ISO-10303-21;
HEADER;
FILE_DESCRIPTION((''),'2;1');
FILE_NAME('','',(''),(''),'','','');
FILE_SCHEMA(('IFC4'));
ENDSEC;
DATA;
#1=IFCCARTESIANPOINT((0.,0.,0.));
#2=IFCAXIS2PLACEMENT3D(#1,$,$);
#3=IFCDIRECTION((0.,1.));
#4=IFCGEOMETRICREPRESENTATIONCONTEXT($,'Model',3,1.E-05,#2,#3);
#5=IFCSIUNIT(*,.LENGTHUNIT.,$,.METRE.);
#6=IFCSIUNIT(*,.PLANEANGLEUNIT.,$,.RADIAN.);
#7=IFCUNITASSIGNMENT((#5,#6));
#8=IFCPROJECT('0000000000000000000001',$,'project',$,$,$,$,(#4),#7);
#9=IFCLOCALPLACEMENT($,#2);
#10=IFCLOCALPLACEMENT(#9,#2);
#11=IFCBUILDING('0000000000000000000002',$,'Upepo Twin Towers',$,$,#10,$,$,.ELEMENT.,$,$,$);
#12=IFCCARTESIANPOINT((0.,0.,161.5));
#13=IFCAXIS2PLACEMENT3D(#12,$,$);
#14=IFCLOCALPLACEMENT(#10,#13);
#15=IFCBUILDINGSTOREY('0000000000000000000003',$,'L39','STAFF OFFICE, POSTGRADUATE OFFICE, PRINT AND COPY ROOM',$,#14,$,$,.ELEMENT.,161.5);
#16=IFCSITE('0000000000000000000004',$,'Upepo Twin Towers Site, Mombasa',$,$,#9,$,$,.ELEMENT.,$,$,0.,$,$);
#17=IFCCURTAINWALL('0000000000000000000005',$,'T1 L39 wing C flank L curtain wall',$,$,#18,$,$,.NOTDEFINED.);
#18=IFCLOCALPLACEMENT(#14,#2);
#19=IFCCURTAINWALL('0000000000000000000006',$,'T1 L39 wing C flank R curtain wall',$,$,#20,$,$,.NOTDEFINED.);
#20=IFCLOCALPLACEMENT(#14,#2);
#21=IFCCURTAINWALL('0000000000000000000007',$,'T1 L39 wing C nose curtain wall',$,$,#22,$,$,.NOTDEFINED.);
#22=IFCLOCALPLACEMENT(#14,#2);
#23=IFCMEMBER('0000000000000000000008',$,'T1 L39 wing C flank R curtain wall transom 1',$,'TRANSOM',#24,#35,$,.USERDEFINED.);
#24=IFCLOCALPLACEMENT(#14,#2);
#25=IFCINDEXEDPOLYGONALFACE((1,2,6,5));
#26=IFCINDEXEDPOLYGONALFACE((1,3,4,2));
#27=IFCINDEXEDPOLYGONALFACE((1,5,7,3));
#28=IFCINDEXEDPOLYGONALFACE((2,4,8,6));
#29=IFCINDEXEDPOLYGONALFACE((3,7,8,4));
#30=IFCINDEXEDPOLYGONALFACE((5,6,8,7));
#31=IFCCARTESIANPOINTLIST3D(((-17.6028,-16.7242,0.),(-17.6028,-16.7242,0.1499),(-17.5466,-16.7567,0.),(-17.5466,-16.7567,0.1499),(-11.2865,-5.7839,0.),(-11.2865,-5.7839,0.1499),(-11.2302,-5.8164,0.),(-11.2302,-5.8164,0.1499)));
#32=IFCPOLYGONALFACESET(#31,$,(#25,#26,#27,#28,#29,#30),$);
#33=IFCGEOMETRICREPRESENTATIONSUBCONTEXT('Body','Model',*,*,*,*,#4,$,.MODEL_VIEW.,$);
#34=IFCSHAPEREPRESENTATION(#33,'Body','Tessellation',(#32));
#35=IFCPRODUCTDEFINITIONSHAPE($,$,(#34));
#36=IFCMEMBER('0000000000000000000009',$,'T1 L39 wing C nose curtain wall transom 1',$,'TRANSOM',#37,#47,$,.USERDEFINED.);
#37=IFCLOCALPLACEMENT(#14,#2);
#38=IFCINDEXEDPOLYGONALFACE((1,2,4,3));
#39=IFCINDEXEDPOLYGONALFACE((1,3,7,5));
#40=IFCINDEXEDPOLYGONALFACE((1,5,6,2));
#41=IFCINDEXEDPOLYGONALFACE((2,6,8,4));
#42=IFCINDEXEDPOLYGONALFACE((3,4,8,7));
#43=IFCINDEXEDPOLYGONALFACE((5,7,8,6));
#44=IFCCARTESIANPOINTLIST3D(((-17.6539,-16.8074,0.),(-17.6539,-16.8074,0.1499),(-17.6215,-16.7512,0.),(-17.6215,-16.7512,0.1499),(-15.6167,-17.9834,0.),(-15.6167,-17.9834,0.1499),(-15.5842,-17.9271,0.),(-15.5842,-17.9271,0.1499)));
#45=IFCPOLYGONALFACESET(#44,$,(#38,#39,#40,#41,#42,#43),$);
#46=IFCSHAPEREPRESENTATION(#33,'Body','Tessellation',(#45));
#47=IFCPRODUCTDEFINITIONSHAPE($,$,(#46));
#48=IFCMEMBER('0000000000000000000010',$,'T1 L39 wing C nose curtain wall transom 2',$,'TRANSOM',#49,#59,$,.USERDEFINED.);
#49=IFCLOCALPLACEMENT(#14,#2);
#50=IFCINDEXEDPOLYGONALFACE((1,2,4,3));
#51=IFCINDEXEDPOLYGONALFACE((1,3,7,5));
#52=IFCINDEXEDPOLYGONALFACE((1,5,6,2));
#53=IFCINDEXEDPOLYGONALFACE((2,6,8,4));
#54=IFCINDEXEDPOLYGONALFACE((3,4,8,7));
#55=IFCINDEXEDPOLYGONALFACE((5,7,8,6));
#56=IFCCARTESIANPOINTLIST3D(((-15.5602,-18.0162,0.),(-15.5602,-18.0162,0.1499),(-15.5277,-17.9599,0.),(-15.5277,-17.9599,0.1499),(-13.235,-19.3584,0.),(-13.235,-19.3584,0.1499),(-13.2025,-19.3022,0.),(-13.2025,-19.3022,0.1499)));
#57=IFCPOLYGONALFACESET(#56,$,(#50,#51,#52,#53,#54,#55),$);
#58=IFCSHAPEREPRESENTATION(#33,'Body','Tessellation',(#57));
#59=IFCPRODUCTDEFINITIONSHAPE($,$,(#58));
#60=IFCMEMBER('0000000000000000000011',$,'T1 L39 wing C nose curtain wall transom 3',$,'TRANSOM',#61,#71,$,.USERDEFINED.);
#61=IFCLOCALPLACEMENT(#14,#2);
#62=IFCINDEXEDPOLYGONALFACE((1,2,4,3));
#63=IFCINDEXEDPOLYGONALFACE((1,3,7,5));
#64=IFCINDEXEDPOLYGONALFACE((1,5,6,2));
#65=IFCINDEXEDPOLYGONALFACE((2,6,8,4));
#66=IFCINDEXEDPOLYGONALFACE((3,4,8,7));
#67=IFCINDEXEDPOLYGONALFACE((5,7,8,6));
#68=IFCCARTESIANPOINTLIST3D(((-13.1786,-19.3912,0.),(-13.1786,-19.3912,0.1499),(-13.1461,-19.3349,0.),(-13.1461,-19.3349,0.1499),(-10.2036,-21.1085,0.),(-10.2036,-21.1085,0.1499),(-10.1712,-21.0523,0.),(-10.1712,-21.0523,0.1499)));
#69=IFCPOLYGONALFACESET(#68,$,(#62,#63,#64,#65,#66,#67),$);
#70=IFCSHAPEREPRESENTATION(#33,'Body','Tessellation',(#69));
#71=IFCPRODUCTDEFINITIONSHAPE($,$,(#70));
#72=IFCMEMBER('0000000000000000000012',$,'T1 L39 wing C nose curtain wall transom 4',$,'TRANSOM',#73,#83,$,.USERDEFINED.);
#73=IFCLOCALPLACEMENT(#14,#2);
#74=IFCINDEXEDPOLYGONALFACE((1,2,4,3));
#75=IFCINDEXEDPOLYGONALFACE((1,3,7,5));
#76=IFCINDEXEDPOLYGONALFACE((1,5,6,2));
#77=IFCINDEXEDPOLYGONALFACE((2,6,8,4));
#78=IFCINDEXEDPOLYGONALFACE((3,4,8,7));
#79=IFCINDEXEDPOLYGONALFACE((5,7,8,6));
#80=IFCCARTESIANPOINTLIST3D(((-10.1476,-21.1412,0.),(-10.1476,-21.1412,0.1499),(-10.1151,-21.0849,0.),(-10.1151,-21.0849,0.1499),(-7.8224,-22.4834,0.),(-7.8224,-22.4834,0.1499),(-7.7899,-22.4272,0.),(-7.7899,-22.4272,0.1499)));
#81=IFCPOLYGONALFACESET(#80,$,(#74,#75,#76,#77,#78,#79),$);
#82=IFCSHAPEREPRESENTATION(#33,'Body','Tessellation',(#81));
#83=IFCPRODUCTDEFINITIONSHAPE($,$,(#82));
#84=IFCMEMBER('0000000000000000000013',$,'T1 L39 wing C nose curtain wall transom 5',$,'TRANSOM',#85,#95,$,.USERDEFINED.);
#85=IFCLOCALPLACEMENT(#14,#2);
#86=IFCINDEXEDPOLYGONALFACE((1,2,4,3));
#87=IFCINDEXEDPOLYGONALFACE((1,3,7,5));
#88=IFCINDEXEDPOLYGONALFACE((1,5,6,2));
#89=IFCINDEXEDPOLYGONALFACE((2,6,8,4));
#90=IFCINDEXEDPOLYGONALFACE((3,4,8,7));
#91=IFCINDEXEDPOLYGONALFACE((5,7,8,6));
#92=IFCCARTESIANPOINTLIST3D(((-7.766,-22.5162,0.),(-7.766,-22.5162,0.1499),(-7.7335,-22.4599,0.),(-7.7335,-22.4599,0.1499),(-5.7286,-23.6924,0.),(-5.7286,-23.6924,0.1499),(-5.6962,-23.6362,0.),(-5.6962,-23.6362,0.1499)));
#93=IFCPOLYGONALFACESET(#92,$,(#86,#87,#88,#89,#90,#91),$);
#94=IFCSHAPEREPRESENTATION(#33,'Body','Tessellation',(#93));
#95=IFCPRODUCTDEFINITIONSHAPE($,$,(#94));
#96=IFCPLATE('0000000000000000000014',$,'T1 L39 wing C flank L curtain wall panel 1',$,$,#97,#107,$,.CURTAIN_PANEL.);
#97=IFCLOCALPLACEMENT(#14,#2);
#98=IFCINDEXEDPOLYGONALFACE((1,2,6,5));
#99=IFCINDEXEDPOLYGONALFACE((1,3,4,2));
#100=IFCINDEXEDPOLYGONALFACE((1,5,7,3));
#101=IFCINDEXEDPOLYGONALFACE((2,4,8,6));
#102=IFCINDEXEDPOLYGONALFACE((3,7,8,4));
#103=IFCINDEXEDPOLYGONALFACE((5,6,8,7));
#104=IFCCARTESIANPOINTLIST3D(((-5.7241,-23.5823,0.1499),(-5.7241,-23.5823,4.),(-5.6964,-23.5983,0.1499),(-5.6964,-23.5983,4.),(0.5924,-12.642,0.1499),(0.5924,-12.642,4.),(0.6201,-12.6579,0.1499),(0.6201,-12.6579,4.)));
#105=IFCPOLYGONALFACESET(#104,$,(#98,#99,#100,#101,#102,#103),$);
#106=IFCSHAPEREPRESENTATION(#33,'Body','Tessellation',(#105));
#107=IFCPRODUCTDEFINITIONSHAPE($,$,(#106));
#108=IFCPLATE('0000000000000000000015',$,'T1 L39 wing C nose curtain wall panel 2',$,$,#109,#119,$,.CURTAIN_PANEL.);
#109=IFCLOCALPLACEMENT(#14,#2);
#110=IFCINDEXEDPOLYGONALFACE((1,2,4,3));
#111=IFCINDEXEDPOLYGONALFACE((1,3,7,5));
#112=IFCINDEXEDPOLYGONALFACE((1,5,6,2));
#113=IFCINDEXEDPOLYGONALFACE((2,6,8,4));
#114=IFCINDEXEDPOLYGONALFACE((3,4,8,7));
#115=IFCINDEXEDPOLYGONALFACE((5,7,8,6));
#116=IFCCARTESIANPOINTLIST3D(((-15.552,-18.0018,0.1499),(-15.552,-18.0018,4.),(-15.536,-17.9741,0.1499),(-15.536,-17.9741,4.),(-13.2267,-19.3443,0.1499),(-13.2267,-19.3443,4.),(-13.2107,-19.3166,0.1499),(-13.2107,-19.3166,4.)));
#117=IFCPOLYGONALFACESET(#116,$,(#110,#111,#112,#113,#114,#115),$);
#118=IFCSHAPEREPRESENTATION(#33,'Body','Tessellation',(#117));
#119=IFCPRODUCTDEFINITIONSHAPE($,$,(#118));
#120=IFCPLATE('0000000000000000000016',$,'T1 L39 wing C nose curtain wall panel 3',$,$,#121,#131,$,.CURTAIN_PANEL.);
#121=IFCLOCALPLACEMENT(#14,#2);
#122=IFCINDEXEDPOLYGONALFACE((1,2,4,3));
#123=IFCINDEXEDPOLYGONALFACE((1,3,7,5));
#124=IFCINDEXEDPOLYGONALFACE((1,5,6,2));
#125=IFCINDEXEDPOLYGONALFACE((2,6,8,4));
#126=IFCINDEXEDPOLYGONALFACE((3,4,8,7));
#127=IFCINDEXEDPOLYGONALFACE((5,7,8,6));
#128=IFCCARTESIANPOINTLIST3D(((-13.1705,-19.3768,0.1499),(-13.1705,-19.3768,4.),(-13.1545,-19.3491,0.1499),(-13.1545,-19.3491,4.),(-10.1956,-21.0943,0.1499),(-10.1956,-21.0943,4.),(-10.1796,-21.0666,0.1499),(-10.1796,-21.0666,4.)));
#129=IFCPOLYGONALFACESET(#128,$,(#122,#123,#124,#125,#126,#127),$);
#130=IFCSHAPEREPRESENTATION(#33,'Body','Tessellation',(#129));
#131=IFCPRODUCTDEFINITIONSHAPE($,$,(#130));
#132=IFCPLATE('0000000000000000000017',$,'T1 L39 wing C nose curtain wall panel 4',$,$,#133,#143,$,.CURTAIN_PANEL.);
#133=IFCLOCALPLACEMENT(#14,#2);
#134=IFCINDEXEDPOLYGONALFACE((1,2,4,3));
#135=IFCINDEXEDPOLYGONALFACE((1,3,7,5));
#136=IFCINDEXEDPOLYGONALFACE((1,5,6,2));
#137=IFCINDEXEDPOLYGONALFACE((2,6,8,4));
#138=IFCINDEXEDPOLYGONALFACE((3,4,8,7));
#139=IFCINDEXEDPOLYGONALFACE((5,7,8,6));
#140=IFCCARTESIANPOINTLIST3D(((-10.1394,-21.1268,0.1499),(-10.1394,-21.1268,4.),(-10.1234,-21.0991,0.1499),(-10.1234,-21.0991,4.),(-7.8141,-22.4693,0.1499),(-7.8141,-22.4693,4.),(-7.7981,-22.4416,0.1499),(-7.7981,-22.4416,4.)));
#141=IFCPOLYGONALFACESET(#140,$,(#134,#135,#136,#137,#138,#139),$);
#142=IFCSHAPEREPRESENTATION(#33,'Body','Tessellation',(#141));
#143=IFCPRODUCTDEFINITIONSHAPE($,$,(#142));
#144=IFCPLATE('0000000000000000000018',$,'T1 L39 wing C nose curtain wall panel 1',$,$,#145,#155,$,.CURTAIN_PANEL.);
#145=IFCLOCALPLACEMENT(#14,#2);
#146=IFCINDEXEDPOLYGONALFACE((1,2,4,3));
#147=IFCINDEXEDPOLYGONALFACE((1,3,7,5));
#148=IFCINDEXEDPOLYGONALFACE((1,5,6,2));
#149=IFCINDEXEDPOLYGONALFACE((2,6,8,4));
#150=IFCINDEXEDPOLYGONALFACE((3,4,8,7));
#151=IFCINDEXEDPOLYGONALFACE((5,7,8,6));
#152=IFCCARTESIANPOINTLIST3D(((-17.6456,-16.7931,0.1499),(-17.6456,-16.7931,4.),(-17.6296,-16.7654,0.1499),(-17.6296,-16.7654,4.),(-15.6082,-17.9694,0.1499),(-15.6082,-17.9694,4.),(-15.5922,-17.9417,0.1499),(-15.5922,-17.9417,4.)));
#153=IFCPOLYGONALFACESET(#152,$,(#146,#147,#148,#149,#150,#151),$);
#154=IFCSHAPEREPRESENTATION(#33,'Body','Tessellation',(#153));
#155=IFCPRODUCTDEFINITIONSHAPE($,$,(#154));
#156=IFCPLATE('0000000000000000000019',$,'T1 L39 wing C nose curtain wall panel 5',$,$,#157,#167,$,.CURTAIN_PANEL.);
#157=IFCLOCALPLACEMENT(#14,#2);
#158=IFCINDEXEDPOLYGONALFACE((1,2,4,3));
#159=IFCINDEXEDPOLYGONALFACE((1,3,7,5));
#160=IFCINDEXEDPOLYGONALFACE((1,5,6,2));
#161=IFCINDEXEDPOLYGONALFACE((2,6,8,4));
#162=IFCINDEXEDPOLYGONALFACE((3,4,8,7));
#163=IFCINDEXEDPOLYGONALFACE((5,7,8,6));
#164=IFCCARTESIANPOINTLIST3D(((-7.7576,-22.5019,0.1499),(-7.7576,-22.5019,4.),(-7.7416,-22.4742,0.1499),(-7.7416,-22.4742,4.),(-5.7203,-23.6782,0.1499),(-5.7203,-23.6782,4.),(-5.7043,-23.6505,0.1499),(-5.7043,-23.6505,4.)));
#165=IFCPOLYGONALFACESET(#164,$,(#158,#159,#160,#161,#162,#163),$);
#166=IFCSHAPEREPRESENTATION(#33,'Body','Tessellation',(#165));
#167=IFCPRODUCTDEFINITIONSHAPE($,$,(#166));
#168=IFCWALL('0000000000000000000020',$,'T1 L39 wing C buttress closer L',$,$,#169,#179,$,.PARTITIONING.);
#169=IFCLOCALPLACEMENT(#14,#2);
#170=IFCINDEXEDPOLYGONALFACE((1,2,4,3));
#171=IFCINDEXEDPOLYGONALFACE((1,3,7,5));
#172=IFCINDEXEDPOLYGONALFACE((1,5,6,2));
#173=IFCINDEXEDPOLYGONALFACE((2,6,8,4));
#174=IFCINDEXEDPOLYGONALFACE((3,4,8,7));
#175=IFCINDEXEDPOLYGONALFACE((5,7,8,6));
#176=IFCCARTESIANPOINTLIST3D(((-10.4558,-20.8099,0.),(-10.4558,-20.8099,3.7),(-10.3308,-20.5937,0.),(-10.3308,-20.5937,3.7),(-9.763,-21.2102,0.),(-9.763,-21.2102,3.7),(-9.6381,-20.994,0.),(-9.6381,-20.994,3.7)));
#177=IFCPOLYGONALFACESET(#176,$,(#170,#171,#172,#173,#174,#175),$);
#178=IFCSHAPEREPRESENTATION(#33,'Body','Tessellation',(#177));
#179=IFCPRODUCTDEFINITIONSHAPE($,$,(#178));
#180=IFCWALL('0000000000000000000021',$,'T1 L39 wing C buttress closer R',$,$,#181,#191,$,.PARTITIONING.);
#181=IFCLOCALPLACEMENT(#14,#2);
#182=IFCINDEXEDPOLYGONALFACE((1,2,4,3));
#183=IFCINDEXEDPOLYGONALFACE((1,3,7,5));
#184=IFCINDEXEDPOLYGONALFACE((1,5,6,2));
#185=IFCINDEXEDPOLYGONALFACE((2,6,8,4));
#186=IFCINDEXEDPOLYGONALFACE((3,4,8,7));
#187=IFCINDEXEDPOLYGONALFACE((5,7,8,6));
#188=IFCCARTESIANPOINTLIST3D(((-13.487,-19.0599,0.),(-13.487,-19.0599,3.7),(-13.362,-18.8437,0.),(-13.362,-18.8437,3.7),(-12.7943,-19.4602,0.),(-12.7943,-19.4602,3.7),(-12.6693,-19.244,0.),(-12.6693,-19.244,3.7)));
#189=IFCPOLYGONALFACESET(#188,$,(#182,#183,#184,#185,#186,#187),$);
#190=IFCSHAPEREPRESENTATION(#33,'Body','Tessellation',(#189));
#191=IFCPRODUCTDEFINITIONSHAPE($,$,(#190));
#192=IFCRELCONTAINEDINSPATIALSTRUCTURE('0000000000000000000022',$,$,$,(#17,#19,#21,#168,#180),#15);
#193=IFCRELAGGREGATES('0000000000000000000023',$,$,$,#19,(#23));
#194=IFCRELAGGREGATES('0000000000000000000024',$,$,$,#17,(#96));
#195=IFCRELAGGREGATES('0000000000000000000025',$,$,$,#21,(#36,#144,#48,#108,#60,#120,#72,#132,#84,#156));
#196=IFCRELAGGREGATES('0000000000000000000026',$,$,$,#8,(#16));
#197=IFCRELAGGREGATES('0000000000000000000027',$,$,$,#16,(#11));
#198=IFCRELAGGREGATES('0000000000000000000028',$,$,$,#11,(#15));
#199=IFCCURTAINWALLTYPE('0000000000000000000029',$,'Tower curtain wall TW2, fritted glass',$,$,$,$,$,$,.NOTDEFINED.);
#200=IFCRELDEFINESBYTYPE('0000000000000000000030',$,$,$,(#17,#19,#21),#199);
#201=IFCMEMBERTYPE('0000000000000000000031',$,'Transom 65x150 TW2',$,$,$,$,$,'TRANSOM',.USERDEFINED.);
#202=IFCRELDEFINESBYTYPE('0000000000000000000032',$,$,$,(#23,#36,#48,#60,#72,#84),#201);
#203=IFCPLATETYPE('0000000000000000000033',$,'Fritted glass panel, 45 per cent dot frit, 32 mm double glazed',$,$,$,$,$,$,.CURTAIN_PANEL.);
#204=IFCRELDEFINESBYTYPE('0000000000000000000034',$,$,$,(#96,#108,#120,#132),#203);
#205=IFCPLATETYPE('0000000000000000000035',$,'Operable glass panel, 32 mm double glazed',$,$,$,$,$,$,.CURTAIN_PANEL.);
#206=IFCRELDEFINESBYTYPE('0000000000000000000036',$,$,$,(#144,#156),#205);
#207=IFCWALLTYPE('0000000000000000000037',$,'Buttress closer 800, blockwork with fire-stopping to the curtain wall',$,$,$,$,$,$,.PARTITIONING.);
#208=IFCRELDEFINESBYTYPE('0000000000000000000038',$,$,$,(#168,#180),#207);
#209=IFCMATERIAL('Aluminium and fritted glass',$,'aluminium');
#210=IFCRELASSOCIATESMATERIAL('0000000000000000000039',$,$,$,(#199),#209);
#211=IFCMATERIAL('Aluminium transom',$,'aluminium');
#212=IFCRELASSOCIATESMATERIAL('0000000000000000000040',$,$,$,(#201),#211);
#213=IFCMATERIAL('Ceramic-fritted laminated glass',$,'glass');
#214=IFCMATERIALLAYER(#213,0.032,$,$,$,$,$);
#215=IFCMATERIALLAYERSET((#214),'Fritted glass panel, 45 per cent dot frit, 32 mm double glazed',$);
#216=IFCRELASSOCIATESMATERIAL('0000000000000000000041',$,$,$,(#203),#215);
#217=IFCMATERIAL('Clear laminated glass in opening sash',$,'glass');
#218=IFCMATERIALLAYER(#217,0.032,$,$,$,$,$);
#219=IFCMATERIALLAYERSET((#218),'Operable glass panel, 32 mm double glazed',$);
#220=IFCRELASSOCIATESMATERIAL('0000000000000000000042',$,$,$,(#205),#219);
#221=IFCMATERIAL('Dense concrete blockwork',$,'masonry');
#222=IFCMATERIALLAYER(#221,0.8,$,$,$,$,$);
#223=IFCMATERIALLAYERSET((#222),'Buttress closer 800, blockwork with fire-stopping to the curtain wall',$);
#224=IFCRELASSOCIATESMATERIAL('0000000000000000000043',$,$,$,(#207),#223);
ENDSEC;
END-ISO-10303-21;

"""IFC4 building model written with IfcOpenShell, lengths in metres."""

from ifc_helpers import new_model, si_unit, direction, frame, frame_2d, origin, origin_2d, place, context, subcontext, project, spatial, rectangle, extrude, material, layer, layer_set, material_profile, profile_set, type_object, element, aggregate, save


model = new_model("IFC4")

# Units and contexts
model_context = context("Model", 3, precision=1e-05, world=origin(), true_north=direction((0.0, 1.0)))
body_context = subcontext(model_context, "Body", "Model", "MODEL_VIEW")
ifc_project = project(units=[si_unit("LENGTHUNIT", "METRE"), si_unit("PLANEANGLEUNIT", "RADIAN")], contexts=[model_context])

# Site, building, storey
site_placement = place(None, origin())
site = spatial("IfcSite", under=ifc_project, at=site_placement, Name="Upepo Twin Towers Site, Mombasa", CompositionType="ELEMENT", RefElevation=0.0)
building_placement = place(site_placement, origin())
building = spatial("IfcBuilding", under=site, at=building_placement, Name="Upepo Twin Towers", CompositionType="ELEMENT")
storey_placement = place(building_placement, frame((0.0, 0.0, 161.5)))
storey = spatial("IfcBuildingStorey", under=building, at=storey_placement, Name="L39", Description="STAFF OFFICE, POSTGRADUATE OFFICE, PRINT AND COPY ROOM", CompositionType="ELEMENT", Elevation=161.5)

# Curtain walls
ifc_material_1 = material(Name="Aluminium and fritted glass", Category="aluminium")
curtain_wall_type = type_object("IfcCurtainWallType", Name="Tower curtain wall TW2, fritted glass", PredefinedType="NOTDEFINED", material=ifc_material_1)
curtain_wall_1_placement = place(storey_placement, origin())
curtain_wall_1 = element("IfcCurtainWall", 1, at=curtain_wall_1_placement, inside=storey, type_object=curtain_wall_type, Name="T1 L39 wing C flank L curtain wall", PredefinedType="NOTDEFINED")
curtain_wall_2_placement = place(storey_placement, origin())
curtain_wall_2 = element("IfcCurtainWall", 2, at=curtain_wall_2_placement, inside=storey, type_object=curtain_wall_type, Name="T1 L39 wing C flank R curtain wall", PredefinedType="NOTDEFINED")

# Curtain wall
curtain_wall_3_placement = place(storey_placement, origin())
curtain_wall_3 = element("IfcCurtainWall", 3, at=curtain_wall_3_placement, inside=storey, type_object=curtain_wall_type, Name="T1 L39 wing C nose curtain wall", PredefinedType="NOTDEFINED")

# Members
ifc_material_2 = material(Name="Aluminium transom", Category="aluminium")
ifc_material_profile_1 = material_profile(ifc_material_2, rectangle(XDim=0.0649, YDim=0.1499, at=origin_2d()), Name="TRANSOM 65x150")
ifc_profile_set_1 = profile_set([ifc_material_profile_1], Name="Aluminium transom")
member_type_1 = type_object("IfcMemberType", Name="Transom 65x150 TW2", ElementType="TRANSOM", PredefinedType="USERDEFINED", material=ifc_profile_set_1)
member_1_placement = place(storey_placement, frame((-17.5747, -16.7405, 0.075), z_axis=(0.499997, 0.866027, 0.0), x_axis=(-0.866027, 0.499997, 0.0)))
member_1 = element("IfcMember", 4, at=member_1_placement, type_object=member_type_1, Name="T1 L39 wing C flank R curtain wall transom 1", ObjectType="TRANSOM", PredefinedType="USERDEFINED", context=body_context, shape_type="SweptSolid", body=[
    extrude(rectangle(XDim=0.0649, YDim=0.1499, at=origin_2d()), origin(), (0.0, 0.0, 1.0), 12.6328),
])
aggregate(curtain_wall_2, [member_1])
member_2_placement = place(storey_placement, frame((-17.6377, -16.7793, 0.075), z_axis=(0.86607, -0.499923, 0.0), x_axis=(0.499923, 0.86607, 0.0)))
member_2 = element("IfcMember", 5, at=member_2_placement, type_object=member_type_1, Name="T1 L39 wing C nose curtain wall transom 1", ObjectType="TRANSOM", PredefinedType="USERDEFINED", context=body_context, shape_type="SweptSolid", body=[
    extrude(rectangle(XDim=0.0649, YDim=0.1499, at=origin_2d()), origin(), (0.0, 0.0, 1.0), 2.3523),
])
member_3_placement = place(storey_placement, frame((-15.5439, -17.988, 0.075), z_axis=(0.866052, -0.499953, 0.0), x_axis=(0.499953, 0.866052, 0.0)))
member_3 = element("IfcMember", 6, at=member_3_placement, type_object=member_type_1, Name="T1 L39 wing C nose curtain wall transom 2", ObjectType="TRANSOM", PredefinedType="USERDEFINED", context=body_context, shape_type="SweptSolid", body=[
    extrude(rectangle(XDim=0.0649, YDim=0.1499, at=origin_2d()), origin(), (0.0, 0.0, 1.0), 2.6848),
])
member_4_placement = place(storey_placement, frame((-13.1624, -19.363, 0.075), z_axis=(0.866057, -0.499946, 0.0), x_axis=(0.499946, 0.866057, 0.0)))
member_4 = element("IfcMember", 7, at=member_4_placement, type_object=member_type_1, Name="T1 L39 wing C nose curtain wall transom 3", ObjectType="TRANSOM", PredefinedType="USERDEFINED", context=body_context, shape_type="SweptSolid", body=[
    extrude(rectangle(XDim=0.0649, YDim=0.1499, at=origin_2d()), origin(), (0.0, 0.0, 1.0), 3.4351),
])
member_5_placement = place(storey_placement, frame((-10.1313, -21.113, 0.075), z_axis=(0.866052, -0.499953, 0.0), x_axis=(0.499953, 0.866052, 0.0)))
member_5 = element("IfcMember", 8, at=member_5_placement, type_object=member_type_1, Name="T1 L39 wing C nose curtain wall transom 4", ObjectType="TRANSOM", PredefinedType="USERDEFINED", context=body_context, shape_type="SweptSolid", body=[
    extrude(rectangle(XDim=0.0649, YDim=0.1499, at=origin_2d()), origin(), (0.0, 0.0, 1.0), 2.6848),
])
member_6_placement = place(storey_placement, frame((-7.7498, -22.488, 0.075), z_axis=(0.866025, -0.500001, 0.0), x_axis=(0.500001, 0.866025, 0.0)))
member_6 = element("IfcMember", 9, at=member_6_placement, type_object=member_type_1, Name="T1 L39 wing C nose curtain wall transom 5", ObjectType="TRANSOM", PredefinedType="USERDEFINED", context=body_context, shape_type="SweptSolid", body=[
    extrude(rectangle(XDim=0.0649, YDim=0.1499, at=origin_2d()), origin(), (0.0, 0.0, 1.0), 2.3525),
])

# Plates
ifc_material_3 = material(Name="Ceramic-fritted laminated glass", Category="glass")
ifc_layer_1 = layer(ifc_material_3, 0.032)
ifc_layer_set_1 = layer_set([ifc_layer_1], Name="Fritted glass panel, 45 per cent dot frit, 32 mm double glazed")
plate_type_1 = type_object("IfcPlateType", Name="Fritted glass panel, 45 per cent dot frit, 32 mm double glazed", PredefinedType="CURTAIN_PANEL", material=ifc_layer_set_1)
plate_1_placement = place(storey_placement, frame((-2.552, -18.1201, 0.1499), z_axis=(0.0, 0.0, 1.0), x_axis=(-0.5, -0.866025, 0.0)))
plate_1 = element("IfcPlate", 10, at=plate_1_placement, type_object=plate_type_1, Name="T1 L39 wing C flank L curtain wall panel 1", PredefinedType="CURTAIN_PANEL", context=body_context, shape_type="SweptSolid", body=[
    extrude(rectangle(XDim=12.6328, YDim=0.032, at=origin_2d()), origin(), (0.0, 0.0, 1.0), 3.8501),
])
aggregate(curtain_wall_1, [plate_1])
plate_2_placement = place(storey_placement, frame((-14.3813, -18.6592, 0.1499), z_axis=(0.0, 0.0, 1.0), x_axis=(0.866025, -0.5, 0.0)))
plate_2 = element("IfcPlate", 11, at=plate_2_placement, type_object=plate_type_1, Name="T1 L39 wing C nose curtain wall panel 2", PredefinedType="CURTAIN_PANEL", context=body_context, shape_type="SweptSolid", body=[
    extrude(rectangle(XDim=2.6851, YDim=0.032, at=origin_2d()), origin(), (0.0, 0.0, 1.0), 3.8501),
])
plate_3_placement = place(storey_placement, frame((-11.675, -20.2217, 0.1499), z_axis=(0.0, 0.0, 1.0), x_axis=(0.866025, -0.5, 0.0)))
plate_3 = element("IfcPlate", 12, at=plate_3_placement, type_object=plate_type_1, Name="T1 L39 wing C nose curtain wall panel 3", PredefinedType="CURTAIN_PANEL", context=body_context, shape_type="SweptSolid", body=[
    extrude(rectangle(XDim=3.4351, YDim=0.032, at=origin_2d()), origin(), (0.0, 0.0, 1.0), 3.8501),
])
plate_4_placement = place(storey_placement, frame((-8.9688, -21.7842, 0.1499), z_axis=(0.0, 0.0, 1.0), x_axis=(0.866025, -0.5, 0.0)))
plate_4 = element("IfcPlate", 13, at=plate_4_placement, type_object=plate_type_1, Name="T1 L39 wing C nose curtain wall panel 4", PredefinedType="CURTAIN_PANEL", context=body_context, shape_type="SweptSolid", body=[
    extrude(rectangle(XDim=2.6851, YDim=0.032, at=origin_2d()), origin(), (0.0, 0.0, 1.0), 3.8501),
])
ifc_material_4 = material(Name="Clear laminated glass in opening sash", Category="glass")
ifc_layer_2 = layer(ifc_material_4, 0.032)
ifc_layer_set_2 = layer_set([ifc_layer_2], Name="Operable glass panel, 32 mm double glazed")
plate_type_2 = type_object("IfcPlateType", Name="Operable glass panel, 32 mm double glazed", PredefinedType="CURTAIN_PANEL", material=ifc_layer_set_2)
plate_5_placement = place(storey_placement, frame((-16.6189, -17.3674, 0.1499), z_axis=(0.0, 0.0, 1.0), x_axis=(0.866025, -0.5, 0.0)))
plate_5 = element("IfcPlate", 14, at=plate_5_placement, type_object=plate_type_2, Name="T1 L39 wing C nose curtain wall panel 1", PredefinedType="CURTAIN_PANEL", context=body_context, shape_type="SweptSolid", body=[
    extrude(rectangle(XDim=2.3525, YDim=0.032, at=origin_2d()), origin(), (0.0, 0.0, 1.0), 3.8501),
])
plate_6_placement = place(storey_placement, frame((-6.731, -23.0762, 0.1499), z_axis=(0.0, 0.0, 1.0), x_axis=(0.866025, -0.5, 0.0)))
plate_6 = element("IfcPlate", 15, at=plate_6_placement, type_object=plate_type_2, Name="T1 L39 wing C nose curtain wall panel 5", PredefinedType="CURTAIN_PANEL", context=body_context, shape_type="SweptSolid", body=[
    extrude(rectangle(XDim=2.3525, YDim=0.032, at=origin_2d()), origin(), (0.0, 0.0, 1.0), 3.8501),
])
aggregate(curtain_wall_3, [member_2, plate_5, member_3, plate_2, member_4, plate_3, member_5, plate_4, member_6, plate_6])

# Walls
ifc_material_5 = material(Name="Dense concrete blockwork", Category="masonry")
ifc_layer_3 = layer(ifc_material_5, 0.8)
ifc_layer_set_3 = layer_set([ifc_layer_3], Name="Buttress closer 800, blockwork with fire-stopping to the curtain wall")
wall_type = type_object("IfcWallType", Name="Buttress closer 800, blockwork with fire-stopping to the curtain wall", PredefinedType="PARTITIONING", material=ifc_layer_set_3)
for number, where, z_axis, x_axis, name in (
    (16, (-9.9844, -20.7937, 0.0), (0.0, 0.0, 1.0), (-0.500343, -0.865827, 0.0), "T1 L39 wing C buttress closer L"),
    (17, (-13.0156, -19.0437, 0.0), (0.0, 0.0, 1.0), (-0.500343, -0.865827, 0.0), "T1 L39 wing C buttress closer R"),
):
    element("IfcWall", number, at=place(storey_placement, frame(where, z_axis=z_axis, x_axis=x_axis)), inside=storey, type_object=wall_type, Name=name, PredefinedType="PARTITIONING", context=body_context, shape_type="SweptSolid", body=[
        extrude(rectangle(XDim=0.2498, YDim=0.8, at=frame_2d((0.125, 0.0))), origin(), (0.0, 0.0, 1.0), 3.7),
    ])

save(model, "model.ifc")
